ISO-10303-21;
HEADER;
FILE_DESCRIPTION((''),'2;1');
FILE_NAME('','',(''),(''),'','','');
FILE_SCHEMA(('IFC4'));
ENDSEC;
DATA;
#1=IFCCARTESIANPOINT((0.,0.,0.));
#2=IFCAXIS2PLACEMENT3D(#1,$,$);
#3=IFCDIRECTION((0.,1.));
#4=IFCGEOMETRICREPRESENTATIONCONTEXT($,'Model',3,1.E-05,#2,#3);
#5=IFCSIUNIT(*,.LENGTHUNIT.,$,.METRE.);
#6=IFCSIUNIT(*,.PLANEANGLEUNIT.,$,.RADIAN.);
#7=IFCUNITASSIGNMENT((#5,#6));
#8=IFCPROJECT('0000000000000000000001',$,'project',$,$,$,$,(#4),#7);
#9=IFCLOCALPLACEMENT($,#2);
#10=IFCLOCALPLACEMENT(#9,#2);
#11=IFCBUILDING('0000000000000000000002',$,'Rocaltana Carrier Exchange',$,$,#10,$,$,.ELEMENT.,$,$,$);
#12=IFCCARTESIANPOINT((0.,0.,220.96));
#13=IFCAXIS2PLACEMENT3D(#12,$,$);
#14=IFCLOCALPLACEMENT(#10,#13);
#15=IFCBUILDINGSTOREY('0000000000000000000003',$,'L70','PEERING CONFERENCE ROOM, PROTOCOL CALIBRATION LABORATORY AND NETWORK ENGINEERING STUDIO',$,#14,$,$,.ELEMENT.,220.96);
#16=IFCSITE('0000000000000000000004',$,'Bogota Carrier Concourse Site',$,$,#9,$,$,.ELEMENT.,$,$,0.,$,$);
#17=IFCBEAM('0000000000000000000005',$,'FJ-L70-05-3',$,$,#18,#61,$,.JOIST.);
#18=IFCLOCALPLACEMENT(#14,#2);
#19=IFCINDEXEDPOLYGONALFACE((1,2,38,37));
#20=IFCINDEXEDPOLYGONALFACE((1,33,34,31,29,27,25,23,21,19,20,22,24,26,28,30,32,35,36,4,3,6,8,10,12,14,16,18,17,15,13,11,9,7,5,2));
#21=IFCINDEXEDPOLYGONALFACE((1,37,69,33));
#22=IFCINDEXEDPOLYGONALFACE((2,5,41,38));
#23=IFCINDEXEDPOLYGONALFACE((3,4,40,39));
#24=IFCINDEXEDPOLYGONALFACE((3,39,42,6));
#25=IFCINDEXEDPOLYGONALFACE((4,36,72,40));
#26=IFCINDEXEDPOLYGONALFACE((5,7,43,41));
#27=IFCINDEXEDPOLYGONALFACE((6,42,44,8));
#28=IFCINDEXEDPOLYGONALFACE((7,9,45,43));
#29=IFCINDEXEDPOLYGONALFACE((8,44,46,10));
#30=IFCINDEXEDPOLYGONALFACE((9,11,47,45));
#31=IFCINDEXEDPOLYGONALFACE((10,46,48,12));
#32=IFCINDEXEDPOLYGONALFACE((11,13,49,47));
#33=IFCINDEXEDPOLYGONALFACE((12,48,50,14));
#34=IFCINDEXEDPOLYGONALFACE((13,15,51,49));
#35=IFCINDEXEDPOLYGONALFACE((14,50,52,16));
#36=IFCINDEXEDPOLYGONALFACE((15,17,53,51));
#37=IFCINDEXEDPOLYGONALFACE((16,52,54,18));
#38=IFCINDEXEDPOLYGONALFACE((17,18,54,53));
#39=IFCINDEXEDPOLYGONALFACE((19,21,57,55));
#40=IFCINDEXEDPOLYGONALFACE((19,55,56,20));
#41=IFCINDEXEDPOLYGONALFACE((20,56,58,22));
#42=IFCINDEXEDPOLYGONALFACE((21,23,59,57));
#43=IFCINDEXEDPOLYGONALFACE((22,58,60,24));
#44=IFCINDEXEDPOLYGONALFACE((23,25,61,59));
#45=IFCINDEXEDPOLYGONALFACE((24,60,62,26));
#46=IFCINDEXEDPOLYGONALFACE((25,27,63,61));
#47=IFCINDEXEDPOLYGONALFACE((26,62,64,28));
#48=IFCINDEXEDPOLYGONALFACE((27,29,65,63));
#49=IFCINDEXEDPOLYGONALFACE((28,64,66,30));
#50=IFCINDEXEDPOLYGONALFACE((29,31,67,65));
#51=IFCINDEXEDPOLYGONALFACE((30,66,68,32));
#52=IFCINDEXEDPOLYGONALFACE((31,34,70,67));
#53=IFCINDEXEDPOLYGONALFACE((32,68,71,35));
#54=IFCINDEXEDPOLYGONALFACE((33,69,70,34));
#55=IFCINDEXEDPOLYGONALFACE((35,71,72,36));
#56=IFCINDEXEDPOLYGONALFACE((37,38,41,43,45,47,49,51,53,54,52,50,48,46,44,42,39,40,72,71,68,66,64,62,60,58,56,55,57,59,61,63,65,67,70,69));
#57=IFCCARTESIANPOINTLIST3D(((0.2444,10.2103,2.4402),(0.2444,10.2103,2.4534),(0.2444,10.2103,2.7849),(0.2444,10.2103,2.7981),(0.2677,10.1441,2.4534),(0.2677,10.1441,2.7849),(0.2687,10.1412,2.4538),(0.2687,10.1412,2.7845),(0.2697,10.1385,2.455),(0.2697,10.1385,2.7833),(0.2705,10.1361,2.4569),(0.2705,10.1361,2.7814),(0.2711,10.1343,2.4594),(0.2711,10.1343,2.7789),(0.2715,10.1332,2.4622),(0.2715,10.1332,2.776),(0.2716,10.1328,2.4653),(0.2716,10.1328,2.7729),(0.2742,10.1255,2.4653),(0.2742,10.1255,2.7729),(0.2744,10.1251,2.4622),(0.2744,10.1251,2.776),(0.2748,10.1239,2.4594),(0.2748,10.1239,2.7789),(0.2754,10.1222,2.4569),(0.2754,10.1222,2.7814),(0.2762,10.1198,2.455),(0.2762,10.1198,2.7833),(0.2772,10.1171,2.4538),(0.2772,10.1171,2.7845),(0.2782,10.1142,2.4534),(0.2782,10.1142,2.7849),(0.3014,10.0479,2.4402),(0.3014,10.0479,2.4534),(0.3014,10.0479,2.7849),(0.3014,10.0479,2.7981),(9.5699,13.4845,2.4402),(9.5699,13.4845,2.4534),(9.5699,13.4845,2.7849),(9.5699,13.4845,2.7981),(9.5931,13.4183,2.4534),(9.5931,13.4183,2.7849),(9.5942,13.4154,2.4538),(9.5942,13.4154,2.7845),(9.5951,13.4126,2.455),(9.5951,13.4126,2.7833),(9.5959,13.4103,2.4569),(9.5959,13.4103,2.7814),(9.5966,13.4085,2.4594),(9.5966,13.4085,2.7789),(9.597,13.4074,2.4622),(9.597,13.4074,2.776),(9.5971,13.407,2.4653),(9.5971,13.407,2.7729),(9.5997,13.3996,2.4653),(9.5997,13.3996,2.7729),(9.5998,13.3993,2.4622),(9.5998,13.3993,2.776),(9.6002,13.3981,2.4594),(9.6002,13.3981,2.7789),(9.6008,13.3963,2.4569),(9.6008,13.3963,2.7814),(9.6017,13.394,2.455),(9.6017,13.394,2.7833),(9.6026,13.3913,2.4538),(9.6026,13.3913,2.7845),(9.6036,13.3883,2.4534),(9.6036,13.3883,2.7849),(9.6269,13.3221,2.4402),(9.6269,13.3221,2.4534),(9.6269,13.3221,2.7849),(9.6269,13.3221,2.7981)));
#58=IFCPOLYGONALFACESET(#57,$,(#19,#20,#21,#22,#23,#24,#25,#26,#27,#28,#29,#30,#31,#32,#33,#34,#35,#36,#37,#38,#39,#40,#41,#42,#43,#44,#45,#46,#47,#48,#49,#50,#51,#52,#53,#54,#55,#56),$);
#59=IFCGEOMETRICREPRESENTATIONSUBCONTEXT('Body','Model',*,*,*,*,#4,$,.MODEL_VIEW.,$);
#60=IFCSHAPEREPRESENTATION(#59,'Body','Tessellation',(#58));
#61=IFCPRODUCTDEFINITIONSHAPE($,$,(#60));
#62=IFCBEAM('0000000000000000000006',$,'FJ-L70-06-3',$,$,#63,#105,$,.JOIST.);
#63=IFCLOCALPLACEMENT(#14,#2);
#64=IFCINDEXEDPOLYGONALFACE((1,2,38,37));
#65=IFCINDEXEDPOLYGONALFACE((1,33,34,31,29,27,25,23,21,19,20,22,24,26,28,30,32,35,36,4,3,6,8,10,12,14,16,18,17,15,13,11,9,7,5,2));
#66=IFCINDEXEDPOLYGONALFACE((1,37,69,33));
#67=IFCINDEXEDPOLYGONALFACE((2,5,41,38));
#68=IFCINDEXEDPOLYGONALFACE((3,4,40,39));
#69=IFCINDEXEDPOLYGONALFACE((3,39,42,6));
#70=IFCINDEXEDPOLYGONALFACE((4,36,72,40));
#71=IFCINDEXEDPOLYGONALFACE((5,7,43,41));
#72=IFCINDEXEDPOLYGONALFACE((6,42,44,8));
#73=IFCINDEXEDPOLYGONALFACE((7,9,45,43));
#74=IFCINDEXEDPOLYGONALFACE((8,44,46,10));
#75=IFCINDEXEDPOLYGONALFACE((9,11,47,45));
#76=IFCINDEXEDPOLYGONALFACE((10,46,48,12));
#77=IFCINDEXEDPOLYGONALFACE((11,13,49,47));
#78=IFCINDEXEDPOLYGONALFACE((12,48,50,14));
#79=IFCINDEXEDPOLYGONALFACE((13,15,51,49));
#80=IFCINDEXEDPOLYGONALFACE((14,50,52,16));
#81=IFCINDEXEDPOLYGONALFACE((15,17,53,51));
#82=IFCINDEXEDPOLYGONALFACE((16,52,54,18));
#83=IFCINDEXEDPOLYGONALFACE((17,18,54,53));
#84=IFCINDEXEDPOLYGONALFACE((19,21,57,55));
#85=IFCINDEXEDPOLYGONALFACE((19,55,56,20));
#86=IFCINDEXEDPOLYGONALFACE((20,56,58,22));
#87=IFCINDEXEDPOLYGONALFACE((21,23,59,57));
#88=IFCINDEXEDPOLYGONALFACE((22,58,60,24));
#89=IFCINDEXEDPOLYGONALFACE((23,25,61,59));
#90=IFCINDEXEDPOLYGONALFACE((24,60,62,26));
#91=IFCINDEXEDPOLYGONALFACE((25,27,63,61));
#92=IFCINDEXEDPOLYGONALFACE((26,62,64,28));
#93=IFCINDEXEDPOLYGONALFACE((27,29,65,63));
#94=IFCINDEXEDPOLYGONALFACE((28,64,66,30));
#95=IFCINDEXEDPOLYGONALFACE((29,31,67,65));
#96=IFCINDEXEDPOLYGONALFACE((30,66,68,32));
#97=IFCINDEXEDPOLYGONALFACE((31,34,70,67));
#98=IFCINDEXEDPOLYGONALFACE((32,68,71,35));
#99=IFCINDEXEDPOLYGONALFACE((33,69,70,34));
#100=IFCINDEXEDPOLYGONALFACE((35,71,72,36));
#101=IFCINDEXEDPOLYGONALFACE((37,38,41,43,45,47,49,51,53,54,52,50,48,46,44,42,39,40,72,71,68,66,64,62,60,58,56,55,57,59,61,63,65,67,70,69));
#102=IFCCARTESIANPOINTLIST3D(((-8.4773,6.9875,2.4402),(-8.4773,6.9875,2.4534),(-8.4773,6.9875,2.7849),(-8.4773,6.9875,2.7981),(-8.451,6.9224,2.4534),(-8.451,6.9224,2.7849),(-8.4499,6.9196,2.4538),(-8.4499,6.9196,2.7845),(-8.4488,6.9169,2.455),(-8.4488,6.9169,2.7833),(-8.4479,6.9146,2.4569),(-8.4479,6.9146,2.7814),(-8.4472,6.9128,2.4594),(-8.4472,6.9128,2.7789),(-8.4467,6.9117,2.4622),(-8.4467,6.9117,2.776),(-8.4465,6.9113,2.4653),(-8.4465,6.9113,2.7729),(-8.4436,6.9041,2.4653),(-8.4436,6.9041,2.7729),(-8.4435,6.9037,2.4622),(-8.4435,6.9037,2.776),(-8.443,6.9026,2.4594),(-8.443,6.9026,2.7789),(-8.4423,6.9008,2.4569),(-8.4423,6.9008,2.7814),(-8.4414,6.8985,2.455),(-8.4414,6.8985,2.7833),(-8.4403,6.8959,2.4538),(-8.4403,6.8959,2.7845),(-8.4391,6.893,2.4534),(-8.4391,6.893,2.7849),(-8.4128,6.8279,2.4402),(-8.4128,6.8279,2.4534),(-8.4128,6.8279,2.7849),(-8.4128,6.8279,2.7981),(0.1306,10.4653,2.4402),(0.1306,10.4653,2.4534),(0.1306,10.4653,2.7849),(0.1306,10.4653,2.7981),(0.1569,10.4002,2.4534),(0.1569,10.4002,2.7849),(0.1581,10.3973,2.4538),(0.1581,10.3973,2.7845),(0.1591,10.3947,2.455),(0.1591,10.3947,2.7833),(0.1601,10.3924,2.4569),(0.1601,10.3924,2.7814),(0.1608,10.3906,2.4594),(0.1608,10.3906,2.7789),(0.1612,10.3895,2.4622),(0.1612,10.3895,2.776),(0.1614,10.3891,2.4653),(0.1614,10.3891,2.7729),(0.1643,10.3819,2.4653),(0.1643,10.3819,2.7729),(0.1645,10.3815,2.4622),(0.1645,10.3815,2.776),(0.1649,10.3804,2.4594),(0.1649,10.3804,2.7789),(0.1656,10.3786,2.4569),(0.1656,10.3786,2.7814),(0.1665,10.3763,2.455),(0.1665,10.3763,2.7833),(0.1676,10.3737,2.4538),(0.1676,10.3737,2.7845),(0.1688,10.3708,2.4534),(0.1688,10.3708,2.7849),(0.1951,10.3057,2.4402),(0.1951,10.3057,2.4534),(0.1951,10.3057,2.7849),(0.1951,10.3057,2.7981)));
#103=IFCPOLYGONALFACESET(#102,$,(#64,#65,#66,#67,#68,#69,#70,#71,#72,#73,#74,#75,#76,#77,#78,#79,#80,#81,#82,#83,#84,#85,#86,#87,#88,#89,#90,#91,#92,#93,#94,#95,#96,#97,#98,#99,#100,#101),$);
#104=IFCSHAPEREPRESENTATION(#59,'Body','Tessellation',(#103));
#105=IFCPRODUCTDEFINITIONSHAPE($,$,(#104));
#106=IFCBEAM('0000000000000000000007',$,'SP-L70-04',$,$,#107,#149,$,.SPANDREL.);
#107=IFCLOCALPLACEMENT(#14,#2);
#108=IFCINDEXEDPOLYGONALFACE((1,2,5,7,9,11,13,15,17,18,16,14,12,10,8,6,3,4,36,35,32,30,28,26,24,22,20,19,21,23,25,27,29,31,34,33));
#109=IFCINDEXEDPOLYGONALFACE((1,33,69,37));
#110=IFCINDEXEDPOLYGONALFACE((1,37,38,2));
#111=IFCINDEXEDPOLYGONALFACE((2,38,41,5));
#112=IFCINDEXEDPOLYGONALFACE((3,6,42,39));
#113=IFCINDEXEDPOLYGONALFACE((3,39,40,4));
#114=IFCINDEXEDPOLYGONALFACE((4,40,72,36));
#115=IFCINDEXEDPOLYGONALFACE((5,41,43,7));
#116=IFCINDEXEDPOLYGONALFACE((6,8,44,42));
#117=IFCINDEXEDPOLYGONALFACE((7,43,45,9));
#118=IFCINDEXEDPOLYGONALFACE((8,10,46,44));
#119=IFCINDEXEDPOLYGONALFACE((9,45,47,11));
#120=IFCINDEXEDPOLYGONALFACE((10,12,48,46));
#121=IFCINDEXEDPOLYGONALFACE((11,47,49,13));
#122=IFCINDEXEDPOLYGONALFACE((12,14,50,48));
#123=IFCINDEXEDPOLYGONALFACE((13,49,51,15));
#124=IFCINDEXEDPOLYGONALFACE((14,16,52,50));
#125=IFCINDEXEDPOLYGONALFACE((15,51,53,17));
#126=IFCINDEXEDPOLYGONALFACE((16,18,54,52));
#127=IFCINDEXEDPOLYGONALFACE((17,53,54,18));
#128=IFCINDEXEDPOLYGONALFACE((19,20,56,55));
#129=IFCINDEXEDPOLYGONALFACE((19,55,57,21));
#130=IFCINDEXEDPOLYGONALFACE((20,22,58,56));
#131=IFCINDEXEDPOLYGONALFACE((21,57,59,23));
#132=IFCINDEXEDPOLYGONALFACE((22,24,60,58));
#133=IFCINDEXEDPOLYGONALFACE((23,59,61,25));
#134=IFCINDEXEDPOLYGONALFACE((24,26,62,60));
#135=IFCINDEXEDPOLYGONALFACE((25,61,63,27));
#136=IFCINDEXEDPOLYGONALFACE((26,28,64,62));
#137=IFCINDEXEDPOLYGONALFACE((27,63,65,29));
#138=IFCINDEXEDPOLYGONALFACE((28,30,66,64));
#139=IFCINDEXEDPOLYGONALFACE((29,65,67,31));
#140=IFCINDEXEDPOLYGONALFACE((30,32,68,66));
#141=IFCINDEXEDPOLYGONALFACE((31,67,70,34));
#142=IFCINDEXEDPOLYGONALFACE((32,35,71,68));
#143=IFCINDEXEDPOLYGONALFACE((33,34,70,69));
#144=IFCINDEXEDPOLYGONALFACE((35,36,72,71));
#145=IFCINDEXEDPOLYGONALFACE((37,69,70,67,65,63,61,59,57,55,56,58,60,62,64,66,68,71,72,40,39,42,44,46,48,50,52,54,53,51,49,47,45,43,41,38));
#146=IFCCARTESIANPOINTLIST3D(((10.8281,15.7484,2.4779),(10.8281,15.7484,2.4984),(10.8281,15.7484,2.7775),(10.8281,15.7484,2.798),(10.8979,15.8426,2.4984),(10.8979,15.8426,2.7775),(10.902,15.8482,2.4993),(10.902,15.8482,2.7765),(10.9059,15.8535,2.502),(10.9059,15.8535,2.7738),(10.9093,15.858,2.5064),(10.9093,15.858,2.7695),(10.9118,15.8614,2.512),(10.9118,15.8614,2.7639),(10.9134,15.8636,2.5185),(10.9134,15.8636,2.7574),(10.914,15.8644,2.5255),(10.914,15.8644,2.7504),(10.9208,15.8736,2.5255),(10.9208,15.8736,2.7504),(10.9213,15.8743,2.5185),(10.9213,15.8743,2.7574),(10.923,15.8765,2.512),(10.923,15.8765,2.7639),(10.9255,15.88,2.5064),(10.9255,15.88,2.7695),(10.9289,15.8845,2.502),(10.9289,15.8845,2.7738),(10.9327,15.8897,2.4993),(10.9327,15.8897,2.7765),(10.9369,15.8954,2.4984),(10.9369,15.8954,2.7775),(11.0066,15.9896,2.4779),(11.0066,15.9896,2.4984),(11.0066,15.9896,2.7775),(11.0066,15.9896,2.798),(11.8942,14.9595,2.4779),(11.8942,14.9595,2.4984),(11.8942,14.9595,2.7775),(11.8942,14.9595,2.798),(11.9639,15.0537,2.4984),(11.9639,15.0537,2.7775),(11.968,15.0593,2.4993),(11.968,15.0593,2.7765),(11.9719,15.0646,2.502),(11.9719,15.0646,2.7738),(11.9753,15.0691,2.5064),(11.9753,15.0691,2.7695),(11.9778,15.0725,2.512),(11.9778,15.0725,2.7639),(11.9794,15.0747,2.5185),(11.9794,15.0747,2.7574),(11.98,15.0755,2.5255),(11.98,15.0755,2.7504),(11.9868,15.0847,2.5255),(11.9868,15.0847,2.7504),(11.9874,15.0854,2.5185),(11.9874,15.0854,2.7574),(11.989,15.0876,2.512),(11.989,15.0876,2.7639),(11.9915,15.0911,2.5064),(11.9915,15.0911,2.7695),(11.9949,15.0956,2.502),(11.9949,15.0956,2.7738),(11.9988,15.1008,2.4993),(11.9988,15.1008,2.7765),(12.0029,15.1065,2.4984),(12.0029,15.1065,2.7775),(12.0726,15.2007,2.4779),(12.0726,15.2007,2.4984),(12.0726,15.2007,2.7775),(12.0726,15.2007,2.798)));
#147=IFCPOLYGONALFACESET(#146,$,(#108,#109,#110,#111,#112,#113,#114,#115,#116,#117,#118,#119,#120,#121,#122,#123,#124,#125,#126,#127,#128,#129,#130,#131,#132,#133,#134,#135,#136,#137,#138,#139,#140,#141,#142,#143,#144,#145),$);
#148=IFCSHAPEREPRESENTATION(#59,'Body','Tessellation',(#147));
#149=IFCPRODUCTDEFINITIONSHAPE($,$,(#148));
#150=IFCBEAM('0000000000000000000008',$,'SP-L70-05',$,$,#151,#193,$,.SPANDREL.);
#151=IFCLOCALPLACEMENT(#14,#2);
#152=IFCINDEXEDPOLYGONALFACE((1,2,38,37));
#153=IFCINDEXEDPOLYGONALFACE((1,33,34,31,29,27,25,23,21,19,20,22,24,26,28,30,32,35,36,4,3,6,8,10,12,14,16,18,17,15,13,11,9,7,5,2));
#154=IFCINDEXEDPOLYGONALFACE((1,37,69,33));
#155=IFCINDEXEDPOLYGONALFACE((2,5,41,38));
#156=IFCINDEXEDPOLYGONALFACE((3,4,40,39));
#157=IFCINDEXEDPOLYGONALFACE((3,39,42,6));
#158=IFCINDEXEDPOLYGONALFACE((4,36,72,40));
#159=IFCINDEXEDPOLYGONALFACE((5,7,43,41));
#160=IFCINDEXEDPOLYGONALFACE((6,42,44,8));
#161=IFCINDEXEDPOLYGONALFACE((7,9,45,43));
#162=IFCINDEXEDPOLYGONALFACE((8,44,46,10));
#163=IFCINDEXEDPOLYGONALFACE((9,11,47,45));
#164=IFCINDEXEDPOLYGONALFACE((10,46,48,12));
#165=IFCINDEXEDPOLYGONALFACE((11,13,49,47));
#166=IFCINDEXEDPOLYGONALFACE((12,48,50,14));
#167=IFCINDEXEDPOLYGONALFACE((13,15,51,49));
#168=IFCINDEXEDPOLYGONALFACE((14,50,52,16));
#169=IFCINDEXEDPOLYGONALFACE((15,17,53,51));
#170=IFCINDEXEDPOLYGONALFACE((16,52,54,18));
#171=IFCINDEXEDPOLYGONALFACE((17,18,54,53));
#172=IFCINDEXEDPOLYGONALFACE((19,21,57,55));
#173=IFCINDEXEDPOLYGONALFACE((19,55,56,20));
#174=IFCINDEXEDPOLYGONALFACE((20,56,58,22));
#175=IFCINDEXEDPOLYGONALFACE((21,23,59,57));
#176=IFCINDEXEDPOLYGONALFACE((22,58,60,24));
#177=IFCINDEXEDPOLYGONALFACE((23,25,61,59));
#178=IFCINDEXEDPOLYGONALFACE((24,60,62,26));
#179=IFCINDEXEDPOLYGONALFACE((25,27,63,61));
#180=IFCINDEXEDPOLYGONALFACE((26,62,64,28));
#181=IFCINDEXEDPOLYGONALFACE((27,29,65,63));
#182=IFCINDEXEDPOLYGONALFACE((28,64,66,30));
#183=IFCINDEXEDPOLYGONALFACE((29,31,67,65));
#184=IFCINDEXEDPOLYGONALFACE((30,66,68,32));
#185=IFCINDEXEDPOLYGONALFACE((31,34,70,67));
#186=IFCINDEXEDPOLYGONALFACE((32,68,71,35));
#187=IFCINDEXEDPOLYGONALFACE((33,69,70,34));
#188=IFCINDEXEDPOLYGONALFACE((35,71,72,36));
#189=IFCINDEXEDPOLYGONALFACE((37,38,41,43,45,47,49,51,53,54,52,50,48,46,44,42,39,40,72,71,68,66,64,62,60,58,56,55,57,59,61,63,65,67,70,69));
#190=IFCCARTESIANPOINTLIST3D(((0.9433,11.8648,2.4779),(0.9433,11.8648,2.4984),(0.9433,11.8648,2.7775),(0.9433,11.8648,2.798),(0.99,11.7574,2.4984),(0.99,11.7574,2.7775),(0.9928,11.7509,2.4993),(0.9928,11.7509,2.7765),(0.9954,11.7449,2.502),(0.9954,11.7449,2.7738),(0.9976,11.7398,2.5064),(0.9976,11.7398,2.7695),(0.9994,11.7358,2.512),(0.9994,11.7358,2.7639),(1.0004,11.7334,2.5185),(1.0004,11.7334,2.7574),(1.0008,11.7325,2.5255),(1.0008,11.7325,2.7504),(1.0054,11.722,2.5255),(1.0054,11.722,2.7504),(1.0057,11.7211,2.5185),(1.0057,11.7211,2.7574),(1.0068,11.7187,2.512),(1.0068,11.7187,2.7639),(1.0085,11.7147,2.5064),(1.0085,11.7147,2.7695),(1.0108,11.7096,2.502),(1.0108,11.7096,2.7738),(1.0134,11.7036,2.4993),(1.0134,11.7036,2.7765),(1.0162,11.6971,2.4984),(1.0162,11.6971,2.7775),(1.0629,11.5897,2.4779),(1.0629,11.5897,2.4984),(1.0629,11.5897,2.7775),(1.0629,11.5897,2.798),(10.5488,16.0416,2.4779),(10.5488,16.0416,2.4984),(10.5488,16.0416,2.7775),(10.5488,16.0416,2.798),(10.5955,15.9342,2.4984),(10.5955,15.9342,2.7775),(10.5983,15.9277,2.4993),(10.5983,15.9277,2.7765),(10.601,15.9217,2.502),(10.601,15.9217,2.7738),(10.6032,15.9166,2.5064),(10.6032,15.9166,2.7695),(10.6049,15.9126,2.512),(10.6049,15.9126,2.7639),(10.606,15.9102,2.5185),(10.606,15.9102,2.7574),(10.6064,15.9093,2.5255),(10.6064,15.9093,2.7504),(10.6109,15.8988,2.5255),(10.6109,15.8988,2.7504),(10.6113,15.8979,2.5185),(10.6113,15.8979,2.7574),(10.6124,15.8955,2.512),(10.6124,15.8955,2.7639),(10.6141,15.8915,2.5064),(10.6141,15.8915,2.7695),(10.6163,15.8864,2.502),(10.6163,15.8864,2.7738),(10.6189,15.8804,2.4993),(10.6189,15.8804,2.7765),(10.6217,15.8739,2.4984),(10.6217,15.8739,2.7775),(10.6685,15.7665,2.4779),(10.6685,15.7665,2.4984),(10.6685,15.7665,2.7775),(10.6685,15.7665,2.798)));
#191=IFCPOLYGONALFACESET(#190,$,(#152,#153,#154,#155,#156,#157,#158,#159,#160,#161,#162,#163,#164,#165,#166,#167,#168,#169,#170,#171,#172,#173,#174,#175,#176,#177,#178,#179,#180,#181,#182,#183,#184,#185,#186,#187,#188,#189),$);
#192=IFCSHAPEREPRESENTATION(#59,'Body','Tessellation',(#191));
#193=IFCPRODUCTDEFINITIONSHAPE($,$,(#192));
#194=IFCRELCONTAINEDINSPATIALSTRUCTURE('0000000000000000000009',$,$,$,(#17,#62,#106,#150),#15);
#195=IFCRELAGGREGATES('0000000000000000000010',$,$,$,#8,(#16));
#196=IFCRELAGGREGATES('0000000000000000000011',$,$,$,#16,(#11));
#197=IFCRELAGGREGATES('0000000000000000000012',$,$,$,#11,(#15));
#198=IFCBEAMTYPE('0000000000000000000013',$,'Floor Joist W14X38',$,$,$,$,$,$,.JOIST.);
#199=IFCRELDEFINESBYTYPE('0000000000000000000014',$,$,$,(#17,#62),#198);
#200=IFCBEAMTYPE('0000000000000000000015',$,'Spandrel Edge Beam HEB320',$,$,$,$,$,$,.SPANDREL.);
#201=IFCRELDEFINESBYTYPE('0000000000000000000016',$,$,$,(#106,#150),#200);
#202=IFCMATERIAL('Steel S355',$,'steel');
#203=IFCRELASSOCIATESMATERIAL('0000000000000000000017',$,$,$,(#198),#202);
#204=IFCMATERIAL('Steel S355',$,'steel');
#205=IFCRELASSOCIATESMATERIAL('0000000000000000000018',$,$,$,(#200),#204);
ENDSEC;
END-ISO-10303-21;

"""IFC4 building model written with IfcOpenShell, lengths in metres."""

from ifc_helpers import new_model, si_unit, direction, frame, origin, origin_2d, place, context, subcontext, project, spatial, i_section, extrude, material, material_profile, profile_set, type_object, element, save


model = new_model("IFC4")

# Units and contexts
model_context = context("Model", 3, precision=1e-05, world=origin(), true_north=direction((0.0, 1.0)))
body_context = subcontext(model_context, "Body", "Model", "MODEL_VIEW")
ifc_project = project(units=[si_unit("LENGTHUNIT", "METRE"), si_unit("PLANEANGLEUNIT", "RADIAN")], contexts=[model_context])

# Site, building, storey
site_placement = place(None, origin())
site = spatial("IfcSite", under=ifc_project, at=site_placement, Name="Bogota Carrier Concourse Site", CompositionType="ELEMENT", RefElevation=0.0)
building_placement = place(site_placement, origin())
building = spatial("IfcBuilding", under=site, at=building_placement, Name="Rocaltana Carrier Exchange", CompositionType="ELEMENT")
storey_placement = place(building_placement, frame((0.0, 0.0, 220.96)))
storey = spatial("IfcBuildingStorey", under=building, at=storey_placement, Name="L70", Description="PEERING CONFERENCE ROOM, PROTOCOL CALIBRATION LABORATORY AND NETWORK ENGINEERING STUDIO", CompositionType="ELEMENT", Elevation=220.96)

# Beams
ifc_material_1 = material(Name="Steel S355", Category="steel")
ifc_material_profile_1 = material_profile(ifc_material_1, i_section(OverallWidth=0.1721, OverallDepth=0.3579, WebThickness=0.0078, FlangeThickness=0.0132, FilletRadius=0.012, at=origin_2d()), Name="W14X38")
ifc_profile_set_1 = profile_set([ifc_material_profile_1], Name="Steel S355")
beam_type_1 = type_object("IfcBeamType", Name="Floor Joist W14X38", PredefinedType="JOIST", material=ifc_profile_set_1)
beam_1_placement = place(storey_placement, frame((9.5984, 13.4033, 2.6191), z_axis=(-0.943534, -0.331276, 0.0), x_axis=(0.331276, -0.943534, 0.0)))
element("IfcBeam", 1, at=beam_1_placement, inside=storey, type_object=beam_type_1, Name="FJ-L70-05-3", PredefinedType="JOIST", context=body_context, shape_type="SweptSolid", body=[
    extrude(i_section(OverallWidth=0.1721, OverallDepth=0.3579, WebThickness=0.0078, FlangeThickness=0.0132, FilletRadius=0.012, at=origin_2d()), origin(), (0.0, 0.0, 1.0), 9.8835),
])
beam_2_placement = place(storey_placement, frame((0.1628, 10.3855, 2.6191), z_axis=(-0.927185, -0.374603, 0.0), x_axis=(0.374603, -0.927185, 0.0)))
element("IfcBeam", 2, at=beam_2_placement, inside=storey, type_object=beam_type_1, Name="FJ-L70-06-3", PredefinedType="JOIST", context=body_context, shape_type="SweptSolid", body=[
    extrude(i_section(OverallWidth=0.1721, OverallDepth=0.3579, WebThickness=0.0078, FlangeThickness=0.0132, FilletRadius=0.012, at=origin_2d()), origin(), (0.0, 0.0, 1.0), 9.2839),
])
ifc_material_2 = material(Name="Steel S355", Category="steel")
ifc_material_profile_2 = material_profile(ifc_material_2, i_section(OverallWidth=0.3, OverallDepth=0.3201, WebThickness=0.0115, FlangeThickness=0.0205, FilletRadius=0.0271, at=origin_2d()), Name="HEB320")
ifc_profile_set_2 = profile_set([ifc_material_profile_2], Name="Steel S355")
beam_type_2 = type_object("IfcBeamType", Name="Spandrel Edge Beam HEB320", PredefinedType="SPANDREL", material=ifc_profile_set_2)
beam_3_placement = place(storey_placement, frame((11.9834, 15.0801, 2.6379), z_axis=(-0.803828, 0.594862, 0.0), x_axis=(-0.594862, -0.803828, 0.0)))
element("IfcBeam", 3, at=beam_3_placement, inside=storey, type_object=beam_type_2, Name="SP-L70-04", PredefinedType="SPANDREL", context=body_context, shape_type="SweptSolid", body=[
    extrude(i_section(OverallWidth=0.3, OverallDepth=0.3201, WebThickness=0.0115, FlangeThickness=0.0205, FilletRadius=0.0271, at=origin_2d()), origin(), (0.0, 0.0, 1.0), 1.3262),
])
for number, where, z_axis, x_axis, name in (
    (4, (10.6086, 15.9041, 2.6379), (-0.917054, -0.398764, 0.0), (0.398764, -0.917054, 0.0), "SP-L70-05"),
):
    element("IfcBeam", number, at=place(storey_placement, frame(where, z_axis=z_axis, x_axis=x_axis)), inside=storey, type_object=beam_type_2, Name=name, PredefinedType="SPANDREL", context=body_context, shape_type="SweptSolid", body=[
        extrude(i_section(OverallWidth=0.3, OverallDepth=0.3201, WebThickness=0.0115, FlangeThickness=0.0205, FilletRadius=0.0271, at=origin_2d()), origin(), (0.0, 0.0, 1.0), 10.4744),
    ])

save(model, "model.ifc")
